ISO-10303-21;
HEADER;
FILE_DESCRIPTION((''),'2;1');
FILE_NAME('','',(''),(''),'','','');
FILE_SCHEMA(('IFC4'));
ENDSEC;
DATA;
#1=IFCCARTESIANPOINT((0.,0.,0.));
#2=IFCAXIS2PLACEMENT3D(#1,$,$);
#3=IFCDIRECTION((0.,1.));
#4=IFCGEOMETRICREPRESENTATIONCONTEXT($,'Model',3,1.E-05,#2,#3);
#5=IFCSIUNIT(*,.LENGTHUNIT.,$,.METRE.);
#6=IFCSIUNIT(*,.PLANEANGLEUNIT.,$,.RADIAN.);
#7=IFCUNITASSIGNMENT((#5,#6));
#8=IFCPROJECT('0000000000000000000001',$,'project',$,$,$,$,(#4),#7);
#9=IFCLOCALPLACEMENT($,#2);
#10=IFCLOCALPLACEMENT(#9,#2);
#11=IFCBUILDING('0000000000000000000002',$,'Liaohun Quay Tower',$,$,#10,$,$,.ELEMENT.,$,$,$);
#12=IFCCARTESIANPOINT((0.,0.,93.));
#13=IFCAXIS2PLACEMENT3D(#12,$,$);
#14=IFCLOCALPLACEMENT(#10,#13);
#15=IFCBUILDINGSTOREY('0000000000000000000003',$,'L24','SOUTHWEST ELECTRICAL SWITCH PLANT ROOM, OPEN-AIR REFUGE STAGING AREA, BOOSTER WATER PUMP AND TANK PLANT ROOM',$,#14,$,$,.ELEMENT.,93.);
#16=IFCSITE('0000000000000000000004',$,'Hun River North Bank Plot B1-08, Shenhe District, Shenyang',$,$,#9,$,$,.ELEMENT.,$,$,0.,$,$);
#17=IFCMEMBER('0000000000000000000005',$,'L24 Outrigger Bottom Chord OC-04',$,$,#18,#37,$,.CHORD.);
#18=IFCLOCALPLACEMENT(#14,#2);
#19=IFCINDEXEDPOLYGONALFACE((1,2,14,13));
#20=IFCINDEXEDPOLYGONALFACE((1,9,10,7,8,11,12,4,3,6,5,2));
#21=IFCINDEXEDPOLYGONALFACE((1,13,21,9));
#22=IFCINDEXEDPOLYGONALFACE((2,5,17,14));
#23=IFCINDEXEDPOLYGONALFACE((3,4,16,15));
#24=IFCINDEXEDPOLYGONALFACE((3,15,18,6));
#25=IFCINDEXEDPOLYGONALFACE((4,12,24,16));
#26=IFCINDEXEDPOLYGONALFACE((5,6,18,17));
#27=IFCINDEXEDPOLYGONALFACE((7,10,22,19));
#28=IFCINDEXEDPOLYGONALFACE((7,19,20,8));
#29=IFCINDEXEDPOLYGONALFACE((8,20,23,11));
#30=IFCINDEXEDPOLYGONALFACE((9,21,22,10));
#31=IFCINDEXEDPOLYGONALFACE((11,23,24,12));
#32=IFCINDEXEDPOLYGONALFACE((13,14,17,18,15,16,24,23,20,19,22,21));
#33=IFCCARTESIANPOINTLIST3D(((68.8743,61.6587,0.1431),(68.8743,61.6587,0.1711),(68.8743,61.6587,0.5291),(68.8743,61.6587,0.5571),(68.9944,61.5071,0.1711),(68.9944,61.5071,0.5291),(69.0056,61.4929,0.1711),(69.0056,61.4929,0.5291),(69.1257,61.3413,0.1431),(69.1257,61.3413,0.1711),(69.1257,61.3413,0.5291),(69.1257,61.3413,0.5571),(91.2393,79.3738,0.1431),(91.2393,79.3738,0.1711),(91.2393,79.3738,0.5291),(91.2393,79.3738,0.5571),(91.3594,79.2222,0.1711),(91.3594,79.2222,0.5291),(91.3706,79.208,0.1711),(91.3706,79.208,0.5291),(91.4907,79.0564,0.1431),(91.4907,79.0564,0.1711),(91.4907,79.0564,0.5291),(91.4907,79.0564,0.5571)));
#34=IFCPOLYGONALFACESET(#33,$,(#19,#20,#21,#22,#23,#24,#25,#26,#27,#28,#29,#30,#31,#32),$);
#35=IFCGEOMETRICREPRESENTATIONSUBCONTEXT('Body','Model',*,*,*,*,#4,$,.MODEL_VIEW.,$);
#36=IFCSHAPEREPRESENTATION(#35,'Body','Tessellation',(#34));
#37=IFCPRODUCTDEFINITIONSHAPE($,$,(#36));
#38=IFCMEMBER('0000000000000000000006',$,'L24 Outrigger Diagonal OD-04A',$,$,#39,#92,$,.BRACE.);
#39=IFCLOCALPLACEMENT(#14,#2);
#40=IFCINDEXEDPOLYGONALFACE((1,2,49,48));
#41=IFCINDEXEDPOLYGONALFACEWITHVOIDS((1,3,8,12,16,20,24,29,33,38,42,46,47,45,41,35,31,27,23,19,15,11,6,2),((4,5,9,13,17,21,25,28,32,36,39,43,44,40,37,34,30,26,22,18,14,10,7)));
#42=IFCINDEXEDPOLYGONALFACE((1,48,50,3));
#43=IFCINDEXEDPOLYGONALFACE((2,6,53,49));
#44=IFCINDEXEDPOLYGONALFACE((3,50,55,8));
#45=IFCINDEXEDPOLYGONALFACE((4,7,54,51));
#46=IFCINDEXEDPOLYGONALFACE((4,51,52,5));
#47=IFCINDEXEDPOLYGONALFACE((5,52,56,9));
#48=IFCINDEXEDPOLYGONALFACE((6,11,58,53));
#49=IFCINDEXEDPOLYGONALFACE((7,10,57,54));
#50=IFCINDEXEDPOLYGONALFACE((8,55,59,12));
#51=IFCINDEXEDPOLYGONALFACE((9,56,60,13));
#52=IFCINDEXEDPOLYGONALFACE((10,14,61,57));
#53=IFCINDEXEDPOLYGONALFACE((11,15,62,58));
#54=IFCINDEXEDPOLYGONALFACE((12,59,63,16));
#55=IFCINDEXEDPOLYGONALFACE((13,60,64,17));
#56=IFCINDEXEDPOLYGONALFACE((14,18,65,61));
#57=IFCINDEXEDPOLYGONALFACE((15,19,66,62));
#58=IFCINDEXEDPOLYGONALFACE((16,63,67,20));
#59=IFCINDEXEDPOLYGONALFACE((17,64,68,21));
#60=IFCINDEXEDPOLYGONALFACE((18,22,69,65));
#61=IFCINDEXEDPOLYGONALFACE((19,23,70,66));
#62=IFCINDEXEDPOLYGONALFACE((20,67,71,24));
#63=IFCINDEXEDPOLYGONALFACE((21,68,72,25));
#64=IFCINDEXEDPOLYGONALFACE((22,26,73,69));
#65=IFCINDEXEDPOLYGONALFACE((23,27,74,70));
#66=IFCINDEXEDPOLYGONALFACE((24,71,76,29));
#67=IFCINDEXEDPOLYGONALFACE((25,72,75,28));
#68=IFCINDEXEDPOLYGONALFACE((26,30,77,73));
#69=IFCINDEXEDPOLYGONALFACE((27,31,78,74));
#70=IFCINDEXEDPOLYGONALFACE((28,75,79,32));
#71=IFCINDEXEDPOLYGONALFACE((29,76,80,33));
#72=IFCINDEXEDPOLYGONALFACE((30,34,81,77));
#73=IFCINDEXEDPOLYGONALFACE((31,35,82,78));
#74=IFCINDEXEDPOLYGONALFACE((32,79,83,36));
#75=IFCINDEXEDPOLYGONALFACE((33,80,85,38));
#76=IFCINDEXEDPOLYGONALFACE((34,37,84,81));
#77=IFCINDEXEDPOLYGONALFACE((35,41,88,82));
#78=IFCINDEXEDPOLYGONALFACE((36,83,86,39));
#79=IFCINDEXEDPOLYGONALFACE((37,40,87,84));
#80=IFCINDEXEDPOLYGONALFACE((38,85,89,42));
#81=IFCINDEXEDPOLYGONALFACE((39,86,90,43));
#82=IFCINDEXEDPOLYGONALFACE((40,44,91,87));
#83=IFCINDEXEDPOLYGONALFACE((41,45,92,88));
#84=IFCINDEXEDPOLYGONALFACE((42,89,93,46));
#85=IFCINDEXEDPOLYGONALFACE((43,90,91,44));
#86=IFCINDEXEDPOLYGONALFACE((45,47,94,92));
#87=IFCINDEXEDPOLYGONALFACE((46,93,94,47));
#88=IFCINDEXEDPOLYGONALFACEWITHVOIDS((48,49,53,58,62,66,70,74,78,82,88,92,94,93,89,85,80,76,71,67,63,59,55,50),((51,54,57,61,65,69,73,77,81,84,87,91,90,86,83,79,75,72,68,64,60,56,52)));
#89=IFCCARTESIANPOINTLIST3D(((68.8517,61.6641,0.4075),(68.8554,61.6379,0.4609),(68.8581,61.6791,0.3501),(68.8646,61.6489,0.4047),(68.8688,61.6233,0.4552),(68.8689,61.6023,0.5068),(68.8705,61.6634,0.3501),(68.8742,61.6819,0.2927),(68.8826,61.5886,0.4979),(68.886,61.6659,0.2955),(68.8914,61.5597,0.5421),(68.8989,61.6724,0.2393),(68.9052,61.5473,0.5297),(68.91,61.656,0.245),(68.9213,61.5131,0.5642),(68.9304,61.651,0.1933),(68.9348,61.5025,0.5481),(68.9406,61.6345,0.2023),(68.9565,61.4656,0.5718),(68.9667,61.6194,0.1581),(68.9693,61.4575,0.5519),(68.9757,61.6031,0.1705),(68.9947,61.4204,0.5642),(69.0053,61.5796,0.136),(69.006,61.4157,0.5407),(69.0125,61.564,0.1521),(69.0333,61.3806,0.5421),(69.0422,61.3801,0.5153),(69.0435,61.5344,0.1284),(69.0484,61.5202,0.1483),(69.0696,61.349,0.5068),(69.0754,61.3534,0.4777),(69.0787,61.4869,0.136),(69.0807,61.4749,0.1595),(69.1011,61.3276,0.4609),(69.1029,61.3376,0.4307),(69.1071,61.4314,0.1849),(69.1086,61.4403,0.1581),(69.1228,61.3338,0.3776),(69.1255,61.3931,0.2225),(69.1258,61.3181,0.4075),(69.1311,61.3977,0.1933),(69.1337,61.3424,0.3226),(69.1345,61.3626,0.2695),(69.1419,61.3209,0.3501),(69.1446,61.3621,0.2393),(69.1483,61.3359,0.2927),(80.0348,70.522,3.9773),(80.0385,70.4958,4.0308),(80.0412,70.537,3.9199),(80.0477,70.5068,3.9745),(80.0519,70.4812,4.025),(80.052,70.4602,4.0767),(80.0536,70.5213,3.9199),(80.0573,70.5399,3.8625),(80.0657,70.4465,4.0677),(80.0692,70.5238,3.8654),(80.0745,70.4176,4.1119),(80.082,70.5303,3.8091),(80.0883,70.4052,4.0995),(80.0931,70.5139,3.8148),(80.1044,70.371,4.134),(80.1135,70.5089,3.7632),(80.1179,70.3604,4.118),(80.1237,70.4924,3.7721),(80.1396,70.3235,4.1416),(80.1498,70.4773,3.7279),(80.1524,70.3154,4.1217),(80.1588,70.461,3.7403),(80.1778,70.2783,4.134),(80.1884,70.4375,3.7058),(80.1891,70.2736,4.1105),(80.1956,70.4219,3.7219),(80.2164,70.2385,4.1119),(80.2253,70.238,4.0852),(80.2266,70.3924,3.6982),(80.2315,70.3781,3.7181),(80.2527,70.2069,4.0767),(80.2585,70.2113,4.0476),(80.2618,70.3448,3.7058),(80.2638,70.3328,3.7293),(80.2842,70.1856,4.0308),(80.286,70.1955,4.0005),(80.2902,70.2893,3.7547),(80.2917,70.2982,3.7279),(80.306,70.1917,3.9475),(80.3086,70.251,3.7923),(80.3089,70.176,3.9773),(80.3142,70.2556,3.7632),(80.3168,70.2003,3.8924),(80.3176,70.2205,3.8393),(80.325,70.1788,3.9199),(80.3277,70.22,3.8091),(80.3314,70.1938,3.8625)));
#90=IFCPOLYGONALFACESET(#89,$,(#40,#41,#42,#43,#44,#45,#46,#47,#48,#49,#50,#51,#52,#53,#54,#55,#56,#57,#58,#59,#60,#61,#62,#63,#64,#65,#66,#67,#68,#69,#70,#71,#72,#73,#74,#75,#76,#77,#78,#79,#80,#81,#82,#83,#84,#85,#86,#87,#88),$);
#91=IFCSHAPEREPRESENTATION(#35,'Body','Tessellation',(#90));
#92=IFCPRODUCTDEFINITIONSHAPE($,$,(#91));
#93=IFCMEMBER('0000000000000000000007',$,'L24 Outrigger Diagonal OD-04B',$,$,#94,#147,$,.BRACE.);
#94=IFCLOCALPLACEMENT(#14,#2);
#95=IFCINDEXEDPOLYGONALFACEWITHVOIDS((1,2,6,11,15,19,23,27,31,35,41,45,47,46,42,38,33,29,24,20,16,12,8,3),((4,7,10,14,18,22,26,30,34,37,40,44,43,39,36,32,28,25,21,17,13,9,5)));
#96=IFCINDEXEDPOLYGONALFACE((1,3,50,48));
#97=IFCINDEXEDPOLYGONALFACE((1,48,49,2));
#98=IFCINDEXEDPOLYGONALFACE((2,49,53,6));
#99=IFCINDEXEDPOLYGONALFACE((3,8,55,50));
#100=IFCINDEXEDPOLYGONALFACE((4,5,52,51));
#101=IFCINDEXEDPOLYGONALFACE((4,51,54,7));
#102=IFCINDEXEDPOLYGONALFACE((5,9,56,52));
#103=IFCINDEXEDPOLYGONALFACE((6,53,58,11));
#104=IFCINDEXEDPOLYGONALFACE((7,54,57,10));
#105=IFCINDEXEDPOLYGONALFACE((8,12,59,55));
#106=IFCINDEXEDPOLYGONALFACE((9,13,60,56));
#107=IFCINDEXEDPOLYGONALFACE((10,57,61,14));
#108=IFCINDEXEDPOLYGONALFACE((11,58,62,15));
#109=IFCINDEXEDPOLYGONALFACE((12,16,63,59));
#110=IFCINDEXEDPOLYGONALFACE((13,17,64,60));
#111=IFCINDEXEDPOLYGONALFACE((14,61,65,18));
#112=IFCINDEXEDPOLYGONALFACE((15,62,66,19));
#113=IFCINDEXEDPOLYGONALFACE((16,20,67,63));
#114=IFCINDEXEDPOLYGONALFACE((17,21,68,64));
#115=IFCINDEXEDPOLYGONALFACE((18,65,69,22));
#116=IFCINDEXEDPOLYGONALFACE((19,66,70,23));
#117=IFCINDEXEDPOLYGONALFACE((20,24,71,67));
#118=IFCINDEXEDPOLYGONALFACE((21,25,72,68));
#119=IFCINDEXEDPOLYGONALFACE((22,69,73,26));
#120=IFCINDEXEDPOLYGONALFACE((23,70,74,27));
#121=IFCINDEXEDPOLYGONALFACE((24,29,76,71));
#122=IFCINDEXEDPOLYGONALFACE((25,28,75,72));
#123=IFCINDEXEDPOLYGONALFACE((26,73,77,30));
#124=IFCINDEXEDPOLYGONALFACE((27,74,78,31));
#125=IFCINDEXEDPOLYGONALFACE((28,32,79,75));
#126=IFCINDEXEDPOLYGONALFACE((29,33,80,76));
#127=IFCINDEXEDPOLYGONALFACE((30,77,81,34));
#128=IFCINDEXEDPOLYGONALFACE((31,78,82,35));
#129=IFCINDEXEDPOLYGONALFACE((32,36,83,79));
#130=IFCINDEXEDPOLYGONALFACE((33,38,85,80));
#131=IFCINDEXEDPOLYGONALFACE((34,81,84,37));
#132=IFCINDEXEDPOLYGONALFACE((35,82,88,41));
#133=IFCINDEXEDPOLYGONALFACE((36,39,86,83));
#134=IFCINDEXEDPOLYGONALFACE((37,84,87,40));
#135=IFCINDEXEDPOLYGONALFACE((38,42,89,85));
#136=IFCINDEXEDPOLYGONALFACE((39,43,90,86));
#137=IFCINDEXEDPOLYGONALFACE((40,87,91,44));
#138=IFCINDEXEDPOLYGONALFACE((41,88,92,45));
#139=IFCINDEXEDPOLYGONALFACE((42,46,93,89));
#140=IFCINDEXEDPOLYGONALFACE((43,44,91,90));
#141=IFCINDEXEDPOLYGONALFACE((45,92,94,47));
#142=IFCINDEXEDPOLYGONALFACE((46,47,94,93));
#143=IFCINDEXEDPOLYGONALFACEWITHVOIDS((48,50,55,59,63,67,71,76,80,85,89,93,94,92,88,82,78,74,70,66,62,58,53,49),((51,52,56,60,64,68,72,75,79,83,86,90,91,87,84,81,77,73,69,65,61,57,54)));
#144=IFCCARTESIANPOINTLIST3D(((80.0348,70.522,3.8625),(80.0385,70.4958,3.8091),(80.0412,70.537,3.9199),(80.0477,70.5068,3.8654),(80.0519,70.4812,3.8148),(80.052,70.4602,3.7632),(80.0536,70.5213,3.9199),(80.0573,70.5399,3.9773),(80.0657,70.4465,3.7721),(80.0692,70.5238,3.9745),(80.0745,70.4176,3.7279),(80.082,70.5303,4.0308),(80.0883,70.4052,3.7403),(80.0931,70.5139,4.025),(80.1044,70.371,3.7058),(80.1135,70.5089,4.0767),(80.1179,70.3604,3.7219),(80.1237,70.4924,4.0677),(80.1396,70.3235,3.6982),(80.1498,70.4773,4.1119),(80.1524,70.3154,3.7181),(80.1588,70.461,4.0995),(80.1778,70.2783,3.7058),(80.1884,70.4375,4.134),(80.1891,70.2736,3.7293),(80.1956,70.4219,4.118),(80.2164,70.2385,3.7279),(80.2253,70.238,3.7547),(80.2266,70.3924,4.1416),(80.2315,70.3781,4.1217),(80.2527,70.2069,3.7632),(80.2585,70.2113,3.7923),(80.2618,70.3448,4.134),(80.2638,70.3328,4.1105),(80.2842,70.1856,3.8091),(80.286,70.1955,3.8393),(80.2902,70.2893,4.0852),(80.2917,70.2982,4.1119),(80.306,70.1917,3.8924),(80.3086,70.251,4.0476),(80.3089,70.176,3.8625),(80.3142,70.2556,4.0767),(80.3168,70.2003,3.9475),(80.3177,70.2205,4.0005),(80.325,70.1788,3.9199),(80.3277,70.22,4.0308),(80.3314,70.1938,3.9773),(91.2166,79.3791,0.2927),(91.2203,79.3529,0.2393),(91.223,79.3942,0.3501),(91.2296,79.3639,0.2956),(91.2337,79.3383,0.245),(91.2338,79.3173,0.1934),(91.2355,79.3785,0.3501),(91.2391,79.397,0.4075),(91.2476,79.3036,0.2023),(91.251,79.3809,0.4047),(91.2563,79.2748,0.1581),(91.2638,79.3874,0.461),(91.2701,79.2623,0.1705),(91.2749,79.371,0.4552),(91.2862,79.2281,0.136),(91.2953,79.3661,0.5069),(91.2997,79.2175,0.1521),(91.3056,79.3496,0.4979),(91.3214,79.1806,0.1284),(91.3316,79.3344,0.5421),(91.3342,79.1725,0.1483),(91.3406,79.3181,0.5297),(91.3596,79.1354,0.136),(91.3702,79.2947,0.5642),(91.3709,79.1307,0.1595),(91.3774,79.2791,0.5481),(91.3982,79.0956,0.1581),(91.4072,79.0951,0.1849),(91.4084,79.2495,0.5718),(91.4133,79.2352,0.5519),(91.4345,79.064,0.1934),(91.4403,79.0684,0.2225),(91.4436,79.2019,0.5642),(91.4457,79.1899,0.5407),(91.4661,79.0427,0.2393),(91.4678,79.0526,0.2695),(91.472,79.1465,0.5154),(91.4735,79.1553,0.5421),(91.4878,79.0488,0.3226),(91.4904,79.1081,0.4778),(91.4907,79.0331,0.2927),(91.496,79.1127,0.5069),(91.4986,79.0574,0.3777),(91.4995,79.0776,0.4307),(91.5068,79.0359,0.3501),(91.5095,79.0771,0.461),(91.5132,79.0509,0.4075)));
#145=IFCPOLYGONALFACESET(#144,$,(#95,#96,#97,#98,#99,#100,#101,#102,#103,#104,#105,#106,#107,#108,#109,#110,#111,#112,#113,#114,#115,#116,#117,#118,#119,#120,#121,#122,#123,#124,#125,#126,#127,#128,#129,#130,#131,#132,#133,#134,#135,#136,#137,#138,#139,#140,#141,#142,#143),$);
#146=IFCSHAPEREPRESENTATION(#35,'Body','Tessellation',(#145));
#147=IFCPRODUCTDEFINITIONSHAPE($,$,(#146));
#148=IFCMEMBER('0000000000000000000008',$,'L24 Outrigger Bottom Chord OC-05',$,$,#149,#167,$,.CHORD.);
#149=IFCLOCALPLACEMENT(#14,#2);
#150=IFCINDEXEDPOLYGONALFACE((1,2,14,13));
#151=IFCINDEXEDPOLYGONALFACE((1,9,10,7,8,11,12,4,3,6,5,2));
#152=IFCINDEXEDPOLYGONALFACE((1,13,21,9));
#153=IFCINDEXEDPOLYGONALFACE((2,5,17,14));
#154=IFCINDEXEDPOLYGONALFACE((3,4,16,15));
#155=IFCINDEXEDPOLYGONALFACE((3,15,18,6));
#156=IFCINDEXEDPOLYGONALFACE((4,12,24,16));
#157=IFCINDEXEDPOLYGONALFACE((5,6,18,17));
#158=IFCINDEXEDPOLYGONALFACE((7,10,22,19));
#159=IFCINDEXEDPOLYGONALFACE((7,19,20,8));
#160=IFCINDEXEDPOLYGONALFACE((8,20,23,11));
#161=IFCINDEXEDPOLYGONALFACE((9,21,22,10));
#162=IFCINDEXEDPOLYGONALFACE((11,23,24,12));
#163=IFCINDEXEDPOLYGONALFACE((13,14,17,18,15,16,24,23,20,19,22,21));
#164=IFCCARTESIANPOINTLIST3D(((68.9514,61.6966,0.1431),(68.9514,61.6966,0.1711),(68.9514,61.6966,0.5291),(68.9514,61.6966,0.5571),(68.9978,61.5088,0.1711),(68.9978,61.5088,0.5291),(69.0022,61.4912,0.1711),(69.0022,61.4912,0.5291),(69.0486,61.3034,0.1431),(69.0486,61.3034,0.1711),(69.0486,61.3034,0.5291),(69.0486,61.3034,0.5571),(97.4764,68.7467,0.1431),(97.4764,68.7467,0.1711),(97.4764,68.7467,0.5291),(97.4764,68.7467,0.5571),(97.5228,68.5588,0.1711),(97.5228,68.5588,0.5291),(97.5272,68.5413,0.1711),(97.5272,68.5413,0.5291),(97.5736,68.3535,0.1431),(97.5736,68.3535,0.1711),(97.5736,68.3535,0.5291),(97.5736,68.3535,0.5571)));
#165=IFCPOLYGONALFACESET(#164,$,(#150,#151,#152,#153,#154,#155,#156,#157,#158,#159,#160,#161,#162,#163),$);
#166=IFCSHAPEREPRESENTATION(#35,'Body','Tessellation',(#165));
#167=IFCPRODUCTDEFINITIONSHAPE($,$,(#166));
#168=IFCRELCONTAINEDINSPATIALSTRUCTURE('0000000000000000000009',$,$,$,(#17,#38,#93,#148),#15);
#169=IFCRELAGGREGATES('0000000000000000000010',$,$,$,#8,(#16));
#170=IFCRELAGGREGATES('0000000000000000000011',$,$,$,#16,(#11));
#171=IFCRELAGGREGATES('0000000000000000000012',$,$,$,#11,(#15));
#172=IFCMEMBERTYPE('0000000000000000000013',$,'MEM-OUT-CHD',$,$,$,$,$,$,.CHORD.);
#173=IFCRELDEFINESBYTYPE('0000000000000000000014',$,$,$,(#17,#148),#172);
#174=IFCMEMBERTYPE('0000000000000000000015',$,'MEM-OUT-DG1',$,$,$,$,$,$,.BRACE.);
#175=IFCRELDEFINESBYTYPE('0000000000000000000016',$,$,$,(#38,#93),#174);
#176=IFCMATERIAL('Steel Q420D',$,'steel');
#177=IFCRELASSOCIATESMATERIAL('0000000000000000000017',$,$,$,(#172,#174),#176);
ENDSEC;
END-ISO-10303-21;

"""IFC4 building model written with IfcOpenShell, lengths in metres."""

from ifc_helpers import new_model, si_unit, direction, frame, origin, origin_2d, place, context, subcontext, project, spatial, hollow_circle, i_section, extrude, source, transform, mapped, material, material_profile, profile_set, type_object, element, save


model = new_model("IFC4")

# Units and contexts
model_context = context("Model", 3, precision=1e-05, world=origin(), true_north=direction((0.0, 1.0)))
body_context = subcontext(model_context, "Body", "Model", "MODEL_VIEW")
ifc_project = project(units=[si_unit("LENGTHUNIT", "METRE"), si_unit("PLANEANGLEUNIT", "RADIAN")], contexts=[model_context])

# Site, building, storey
site_placement = place(None, origin())
site = spatial("IfcSite", under=ifc_project, at=site_placement, Name="Hun River North Bank Plot B1-08, Shenhe District, Shenyang", CompositionType="ELEMENT", RefElevation=0.0)
building_placement = place(site_placement, origin())
building = spatial("IfcBuilding", under=site, at=building_placement, Name="Liaohun Quay Tower", CompositionType="ELEMENT")
storey_placement = place(building_placement, frame((0.0, 0.0, 93.0)))
storey = spatial("IfcBuildingStorey", under=building, at=storey_placement, Name="L24", Description="SOUTHWEST ELECTRICAL SWITCH PLANT ROOM, OPEN-AIR REFUGE STAGING AREA, BOOSTER WATER PUMP AND TANK PLANT ROOM", CompositionType="ELEMENT", Elevation=93.0)

# Shared definitions
ifc_material_1 = material(Name="Steel Q420D", Category="steel")

# Members
ifc_material_profile_1 = material_profile(ifc_material_1, i_section(OverallWidth=0.405, OverallDepth=0.4141, WebThickness=0.0181, FlangeThickness=0.0281, at=origin_2d()), Name="HW414x405x18x28")
ifc_profile_set_1 = profile_set([ifc_material_profile_1], Name="Steel Q420D")
member_type_1 = type_object("IfcMemberType", Name="MEM-OUT-CHD", PredefinedType="CHORD", material=ifc_profile_set_1)
shared_shape_1 = source(origin(), body_context, "Body", "SweptSolid", [
    extrude(i_section(OverallWidth=0.405, OverallDepth=0.4141, WebThickness=0.0181, FlangeThickness=0.0281, at=origin_2d()), origin(), (0.0, 0.0, 1.0), 28.531),
])
member_1_placement = place(storey_placement, frame((69.0, 61.5, 0.3501), z_axis=(0.783884, 0.620907, 0.0), x_axis=(-0.620907, 0.783884, 0.0)))
element("IfcMember", 1, at=member_1_placement, inside=storey, type_object=member_type_1, Name="L24 Outrigger Bottom Chord OC-04", PredefinedType="CHORD", context=body_context, shape_type="MappedRepresentation", body=[
    mapped(shared_shape_1, transform((0.0, 0.0, 0.0), x_axis=(1.0, 0.0, 0.0), y_axis=(0.0, 1.0, 0.0), z_axis=(0.0, 0.0, 1.0), scale=1.0)),
])
ifc_material_profile_2 = material_profile(ifc_material_1, hollow_circle(Radius=0.2285, WallThickness=0.02, at=origin_2d()), Name="CHS457x20")
ifc_profile_set_2 = profile_set([ifc_material_profile_2], Name="Steel Q420D")
member_type_2 = type_object("IfcMemberType", Name="MEM-OUT-DG1", PredefinedType="BRACE", material=ifc_profile_set_2)
shared_shape_2 = source(origin(), body_context, "Body", "SweptSolid", [
    extrude(hollow_circle(Radius=0.2285, WallThickness=0.02, at=origin_2d()), origin(), (0.0, 0.0, 1.0), 14.7061),
])
member_2_placement = place(storey_placement, frame((69.0, 61.5, 0.3501), z_axis=(0.760442, 0.602331, 0.242745), x_axis=(-0.620902, 0.783888, 0.0)))
element("IfcMember", 2, at=member_2_placement, inside=storey, type_object=member_type_2, Name="L24 Outrigger Diagonal OD-04A", PredefinedType="BRACE", context=body_context, shape_type="MappedRepresentation", body=[
    mapped(shared_shape_2, transform((0.0, 0.0, 0.0), x_axis=(1.0, 0.0, 0.0), y_axis=(0.0, 1.0, 0.0), z_axis=(0.0, 0.0, 1.0), scale=1.0)),
])
shared_shape_3 = source(origin(), body_context, "Body", "SweptSolid", [
    extrude(hollow_circle(Radius=0.2285, WallThickness=0.02, at=origin_2d()), origin(), (0.0, 0.0, 1.0), 14.7046),
])
member_3_placement = place(storey_placement, frame((80.1831, 70.3579, 3.9199), z_axis=(0.76043, 0.602337, -0.242768), x_axis=(-0.620912, 0.78388, 0.0)))
element("IfcMember", 3, at=member_3_placement, inside=storey, type_object=member_type_2, Name="L24 Outrigger Diagonal OD-04B", PredefinedType="BRACE", context=body_context, shape_type="MappedRepresentation", body=[
    mapped(shared_shape_3, transform((0.0, 0.0, 0.0), x_axis=(1.0, 0.0, 0.0), y_axis=(0.0, 1.0, 0.0), z_axis=(0.0, 0.0, 1.0), scale=1.0)),
])
shared_shape_4 = source(origin(), body_context, "Body", "SweptSolid", [
    extrude(i_section(OverallWidth=0.405, OverallDepth=0.4141, WebThickness=0.0181, FlangeThickness=0.0281, at=origin_2d()), origin(), (0.0, 0.0, 1.0), 29.3833),
])
member_4_placement = place(storey_placement, frame((69.0, 61.5, 0.3501), z_axis=(0.970789, 0.239935, 0.0), x_axis=(-0.239935, 0.970789, 0.0)))
element("IfcMember", 4, at=member_4_placement, inside=storey, type_object=member_type_1, Name="L24 Outrigger Bottom Chord OC-05", PredefinedType="CHORD", context=body_context, shape_type="MappedRepresentation", body=[
    mapped(shared_shape_4, transform((0.0, 0.0, 0.0), x_axis=(1.0, 0.0, 0.0), y_axis=(0.0, 1.0, 0.0), z_axis=(0.0, 0.0, 1.0), scale=1.0)),
])

save(model, "model.ifc")
